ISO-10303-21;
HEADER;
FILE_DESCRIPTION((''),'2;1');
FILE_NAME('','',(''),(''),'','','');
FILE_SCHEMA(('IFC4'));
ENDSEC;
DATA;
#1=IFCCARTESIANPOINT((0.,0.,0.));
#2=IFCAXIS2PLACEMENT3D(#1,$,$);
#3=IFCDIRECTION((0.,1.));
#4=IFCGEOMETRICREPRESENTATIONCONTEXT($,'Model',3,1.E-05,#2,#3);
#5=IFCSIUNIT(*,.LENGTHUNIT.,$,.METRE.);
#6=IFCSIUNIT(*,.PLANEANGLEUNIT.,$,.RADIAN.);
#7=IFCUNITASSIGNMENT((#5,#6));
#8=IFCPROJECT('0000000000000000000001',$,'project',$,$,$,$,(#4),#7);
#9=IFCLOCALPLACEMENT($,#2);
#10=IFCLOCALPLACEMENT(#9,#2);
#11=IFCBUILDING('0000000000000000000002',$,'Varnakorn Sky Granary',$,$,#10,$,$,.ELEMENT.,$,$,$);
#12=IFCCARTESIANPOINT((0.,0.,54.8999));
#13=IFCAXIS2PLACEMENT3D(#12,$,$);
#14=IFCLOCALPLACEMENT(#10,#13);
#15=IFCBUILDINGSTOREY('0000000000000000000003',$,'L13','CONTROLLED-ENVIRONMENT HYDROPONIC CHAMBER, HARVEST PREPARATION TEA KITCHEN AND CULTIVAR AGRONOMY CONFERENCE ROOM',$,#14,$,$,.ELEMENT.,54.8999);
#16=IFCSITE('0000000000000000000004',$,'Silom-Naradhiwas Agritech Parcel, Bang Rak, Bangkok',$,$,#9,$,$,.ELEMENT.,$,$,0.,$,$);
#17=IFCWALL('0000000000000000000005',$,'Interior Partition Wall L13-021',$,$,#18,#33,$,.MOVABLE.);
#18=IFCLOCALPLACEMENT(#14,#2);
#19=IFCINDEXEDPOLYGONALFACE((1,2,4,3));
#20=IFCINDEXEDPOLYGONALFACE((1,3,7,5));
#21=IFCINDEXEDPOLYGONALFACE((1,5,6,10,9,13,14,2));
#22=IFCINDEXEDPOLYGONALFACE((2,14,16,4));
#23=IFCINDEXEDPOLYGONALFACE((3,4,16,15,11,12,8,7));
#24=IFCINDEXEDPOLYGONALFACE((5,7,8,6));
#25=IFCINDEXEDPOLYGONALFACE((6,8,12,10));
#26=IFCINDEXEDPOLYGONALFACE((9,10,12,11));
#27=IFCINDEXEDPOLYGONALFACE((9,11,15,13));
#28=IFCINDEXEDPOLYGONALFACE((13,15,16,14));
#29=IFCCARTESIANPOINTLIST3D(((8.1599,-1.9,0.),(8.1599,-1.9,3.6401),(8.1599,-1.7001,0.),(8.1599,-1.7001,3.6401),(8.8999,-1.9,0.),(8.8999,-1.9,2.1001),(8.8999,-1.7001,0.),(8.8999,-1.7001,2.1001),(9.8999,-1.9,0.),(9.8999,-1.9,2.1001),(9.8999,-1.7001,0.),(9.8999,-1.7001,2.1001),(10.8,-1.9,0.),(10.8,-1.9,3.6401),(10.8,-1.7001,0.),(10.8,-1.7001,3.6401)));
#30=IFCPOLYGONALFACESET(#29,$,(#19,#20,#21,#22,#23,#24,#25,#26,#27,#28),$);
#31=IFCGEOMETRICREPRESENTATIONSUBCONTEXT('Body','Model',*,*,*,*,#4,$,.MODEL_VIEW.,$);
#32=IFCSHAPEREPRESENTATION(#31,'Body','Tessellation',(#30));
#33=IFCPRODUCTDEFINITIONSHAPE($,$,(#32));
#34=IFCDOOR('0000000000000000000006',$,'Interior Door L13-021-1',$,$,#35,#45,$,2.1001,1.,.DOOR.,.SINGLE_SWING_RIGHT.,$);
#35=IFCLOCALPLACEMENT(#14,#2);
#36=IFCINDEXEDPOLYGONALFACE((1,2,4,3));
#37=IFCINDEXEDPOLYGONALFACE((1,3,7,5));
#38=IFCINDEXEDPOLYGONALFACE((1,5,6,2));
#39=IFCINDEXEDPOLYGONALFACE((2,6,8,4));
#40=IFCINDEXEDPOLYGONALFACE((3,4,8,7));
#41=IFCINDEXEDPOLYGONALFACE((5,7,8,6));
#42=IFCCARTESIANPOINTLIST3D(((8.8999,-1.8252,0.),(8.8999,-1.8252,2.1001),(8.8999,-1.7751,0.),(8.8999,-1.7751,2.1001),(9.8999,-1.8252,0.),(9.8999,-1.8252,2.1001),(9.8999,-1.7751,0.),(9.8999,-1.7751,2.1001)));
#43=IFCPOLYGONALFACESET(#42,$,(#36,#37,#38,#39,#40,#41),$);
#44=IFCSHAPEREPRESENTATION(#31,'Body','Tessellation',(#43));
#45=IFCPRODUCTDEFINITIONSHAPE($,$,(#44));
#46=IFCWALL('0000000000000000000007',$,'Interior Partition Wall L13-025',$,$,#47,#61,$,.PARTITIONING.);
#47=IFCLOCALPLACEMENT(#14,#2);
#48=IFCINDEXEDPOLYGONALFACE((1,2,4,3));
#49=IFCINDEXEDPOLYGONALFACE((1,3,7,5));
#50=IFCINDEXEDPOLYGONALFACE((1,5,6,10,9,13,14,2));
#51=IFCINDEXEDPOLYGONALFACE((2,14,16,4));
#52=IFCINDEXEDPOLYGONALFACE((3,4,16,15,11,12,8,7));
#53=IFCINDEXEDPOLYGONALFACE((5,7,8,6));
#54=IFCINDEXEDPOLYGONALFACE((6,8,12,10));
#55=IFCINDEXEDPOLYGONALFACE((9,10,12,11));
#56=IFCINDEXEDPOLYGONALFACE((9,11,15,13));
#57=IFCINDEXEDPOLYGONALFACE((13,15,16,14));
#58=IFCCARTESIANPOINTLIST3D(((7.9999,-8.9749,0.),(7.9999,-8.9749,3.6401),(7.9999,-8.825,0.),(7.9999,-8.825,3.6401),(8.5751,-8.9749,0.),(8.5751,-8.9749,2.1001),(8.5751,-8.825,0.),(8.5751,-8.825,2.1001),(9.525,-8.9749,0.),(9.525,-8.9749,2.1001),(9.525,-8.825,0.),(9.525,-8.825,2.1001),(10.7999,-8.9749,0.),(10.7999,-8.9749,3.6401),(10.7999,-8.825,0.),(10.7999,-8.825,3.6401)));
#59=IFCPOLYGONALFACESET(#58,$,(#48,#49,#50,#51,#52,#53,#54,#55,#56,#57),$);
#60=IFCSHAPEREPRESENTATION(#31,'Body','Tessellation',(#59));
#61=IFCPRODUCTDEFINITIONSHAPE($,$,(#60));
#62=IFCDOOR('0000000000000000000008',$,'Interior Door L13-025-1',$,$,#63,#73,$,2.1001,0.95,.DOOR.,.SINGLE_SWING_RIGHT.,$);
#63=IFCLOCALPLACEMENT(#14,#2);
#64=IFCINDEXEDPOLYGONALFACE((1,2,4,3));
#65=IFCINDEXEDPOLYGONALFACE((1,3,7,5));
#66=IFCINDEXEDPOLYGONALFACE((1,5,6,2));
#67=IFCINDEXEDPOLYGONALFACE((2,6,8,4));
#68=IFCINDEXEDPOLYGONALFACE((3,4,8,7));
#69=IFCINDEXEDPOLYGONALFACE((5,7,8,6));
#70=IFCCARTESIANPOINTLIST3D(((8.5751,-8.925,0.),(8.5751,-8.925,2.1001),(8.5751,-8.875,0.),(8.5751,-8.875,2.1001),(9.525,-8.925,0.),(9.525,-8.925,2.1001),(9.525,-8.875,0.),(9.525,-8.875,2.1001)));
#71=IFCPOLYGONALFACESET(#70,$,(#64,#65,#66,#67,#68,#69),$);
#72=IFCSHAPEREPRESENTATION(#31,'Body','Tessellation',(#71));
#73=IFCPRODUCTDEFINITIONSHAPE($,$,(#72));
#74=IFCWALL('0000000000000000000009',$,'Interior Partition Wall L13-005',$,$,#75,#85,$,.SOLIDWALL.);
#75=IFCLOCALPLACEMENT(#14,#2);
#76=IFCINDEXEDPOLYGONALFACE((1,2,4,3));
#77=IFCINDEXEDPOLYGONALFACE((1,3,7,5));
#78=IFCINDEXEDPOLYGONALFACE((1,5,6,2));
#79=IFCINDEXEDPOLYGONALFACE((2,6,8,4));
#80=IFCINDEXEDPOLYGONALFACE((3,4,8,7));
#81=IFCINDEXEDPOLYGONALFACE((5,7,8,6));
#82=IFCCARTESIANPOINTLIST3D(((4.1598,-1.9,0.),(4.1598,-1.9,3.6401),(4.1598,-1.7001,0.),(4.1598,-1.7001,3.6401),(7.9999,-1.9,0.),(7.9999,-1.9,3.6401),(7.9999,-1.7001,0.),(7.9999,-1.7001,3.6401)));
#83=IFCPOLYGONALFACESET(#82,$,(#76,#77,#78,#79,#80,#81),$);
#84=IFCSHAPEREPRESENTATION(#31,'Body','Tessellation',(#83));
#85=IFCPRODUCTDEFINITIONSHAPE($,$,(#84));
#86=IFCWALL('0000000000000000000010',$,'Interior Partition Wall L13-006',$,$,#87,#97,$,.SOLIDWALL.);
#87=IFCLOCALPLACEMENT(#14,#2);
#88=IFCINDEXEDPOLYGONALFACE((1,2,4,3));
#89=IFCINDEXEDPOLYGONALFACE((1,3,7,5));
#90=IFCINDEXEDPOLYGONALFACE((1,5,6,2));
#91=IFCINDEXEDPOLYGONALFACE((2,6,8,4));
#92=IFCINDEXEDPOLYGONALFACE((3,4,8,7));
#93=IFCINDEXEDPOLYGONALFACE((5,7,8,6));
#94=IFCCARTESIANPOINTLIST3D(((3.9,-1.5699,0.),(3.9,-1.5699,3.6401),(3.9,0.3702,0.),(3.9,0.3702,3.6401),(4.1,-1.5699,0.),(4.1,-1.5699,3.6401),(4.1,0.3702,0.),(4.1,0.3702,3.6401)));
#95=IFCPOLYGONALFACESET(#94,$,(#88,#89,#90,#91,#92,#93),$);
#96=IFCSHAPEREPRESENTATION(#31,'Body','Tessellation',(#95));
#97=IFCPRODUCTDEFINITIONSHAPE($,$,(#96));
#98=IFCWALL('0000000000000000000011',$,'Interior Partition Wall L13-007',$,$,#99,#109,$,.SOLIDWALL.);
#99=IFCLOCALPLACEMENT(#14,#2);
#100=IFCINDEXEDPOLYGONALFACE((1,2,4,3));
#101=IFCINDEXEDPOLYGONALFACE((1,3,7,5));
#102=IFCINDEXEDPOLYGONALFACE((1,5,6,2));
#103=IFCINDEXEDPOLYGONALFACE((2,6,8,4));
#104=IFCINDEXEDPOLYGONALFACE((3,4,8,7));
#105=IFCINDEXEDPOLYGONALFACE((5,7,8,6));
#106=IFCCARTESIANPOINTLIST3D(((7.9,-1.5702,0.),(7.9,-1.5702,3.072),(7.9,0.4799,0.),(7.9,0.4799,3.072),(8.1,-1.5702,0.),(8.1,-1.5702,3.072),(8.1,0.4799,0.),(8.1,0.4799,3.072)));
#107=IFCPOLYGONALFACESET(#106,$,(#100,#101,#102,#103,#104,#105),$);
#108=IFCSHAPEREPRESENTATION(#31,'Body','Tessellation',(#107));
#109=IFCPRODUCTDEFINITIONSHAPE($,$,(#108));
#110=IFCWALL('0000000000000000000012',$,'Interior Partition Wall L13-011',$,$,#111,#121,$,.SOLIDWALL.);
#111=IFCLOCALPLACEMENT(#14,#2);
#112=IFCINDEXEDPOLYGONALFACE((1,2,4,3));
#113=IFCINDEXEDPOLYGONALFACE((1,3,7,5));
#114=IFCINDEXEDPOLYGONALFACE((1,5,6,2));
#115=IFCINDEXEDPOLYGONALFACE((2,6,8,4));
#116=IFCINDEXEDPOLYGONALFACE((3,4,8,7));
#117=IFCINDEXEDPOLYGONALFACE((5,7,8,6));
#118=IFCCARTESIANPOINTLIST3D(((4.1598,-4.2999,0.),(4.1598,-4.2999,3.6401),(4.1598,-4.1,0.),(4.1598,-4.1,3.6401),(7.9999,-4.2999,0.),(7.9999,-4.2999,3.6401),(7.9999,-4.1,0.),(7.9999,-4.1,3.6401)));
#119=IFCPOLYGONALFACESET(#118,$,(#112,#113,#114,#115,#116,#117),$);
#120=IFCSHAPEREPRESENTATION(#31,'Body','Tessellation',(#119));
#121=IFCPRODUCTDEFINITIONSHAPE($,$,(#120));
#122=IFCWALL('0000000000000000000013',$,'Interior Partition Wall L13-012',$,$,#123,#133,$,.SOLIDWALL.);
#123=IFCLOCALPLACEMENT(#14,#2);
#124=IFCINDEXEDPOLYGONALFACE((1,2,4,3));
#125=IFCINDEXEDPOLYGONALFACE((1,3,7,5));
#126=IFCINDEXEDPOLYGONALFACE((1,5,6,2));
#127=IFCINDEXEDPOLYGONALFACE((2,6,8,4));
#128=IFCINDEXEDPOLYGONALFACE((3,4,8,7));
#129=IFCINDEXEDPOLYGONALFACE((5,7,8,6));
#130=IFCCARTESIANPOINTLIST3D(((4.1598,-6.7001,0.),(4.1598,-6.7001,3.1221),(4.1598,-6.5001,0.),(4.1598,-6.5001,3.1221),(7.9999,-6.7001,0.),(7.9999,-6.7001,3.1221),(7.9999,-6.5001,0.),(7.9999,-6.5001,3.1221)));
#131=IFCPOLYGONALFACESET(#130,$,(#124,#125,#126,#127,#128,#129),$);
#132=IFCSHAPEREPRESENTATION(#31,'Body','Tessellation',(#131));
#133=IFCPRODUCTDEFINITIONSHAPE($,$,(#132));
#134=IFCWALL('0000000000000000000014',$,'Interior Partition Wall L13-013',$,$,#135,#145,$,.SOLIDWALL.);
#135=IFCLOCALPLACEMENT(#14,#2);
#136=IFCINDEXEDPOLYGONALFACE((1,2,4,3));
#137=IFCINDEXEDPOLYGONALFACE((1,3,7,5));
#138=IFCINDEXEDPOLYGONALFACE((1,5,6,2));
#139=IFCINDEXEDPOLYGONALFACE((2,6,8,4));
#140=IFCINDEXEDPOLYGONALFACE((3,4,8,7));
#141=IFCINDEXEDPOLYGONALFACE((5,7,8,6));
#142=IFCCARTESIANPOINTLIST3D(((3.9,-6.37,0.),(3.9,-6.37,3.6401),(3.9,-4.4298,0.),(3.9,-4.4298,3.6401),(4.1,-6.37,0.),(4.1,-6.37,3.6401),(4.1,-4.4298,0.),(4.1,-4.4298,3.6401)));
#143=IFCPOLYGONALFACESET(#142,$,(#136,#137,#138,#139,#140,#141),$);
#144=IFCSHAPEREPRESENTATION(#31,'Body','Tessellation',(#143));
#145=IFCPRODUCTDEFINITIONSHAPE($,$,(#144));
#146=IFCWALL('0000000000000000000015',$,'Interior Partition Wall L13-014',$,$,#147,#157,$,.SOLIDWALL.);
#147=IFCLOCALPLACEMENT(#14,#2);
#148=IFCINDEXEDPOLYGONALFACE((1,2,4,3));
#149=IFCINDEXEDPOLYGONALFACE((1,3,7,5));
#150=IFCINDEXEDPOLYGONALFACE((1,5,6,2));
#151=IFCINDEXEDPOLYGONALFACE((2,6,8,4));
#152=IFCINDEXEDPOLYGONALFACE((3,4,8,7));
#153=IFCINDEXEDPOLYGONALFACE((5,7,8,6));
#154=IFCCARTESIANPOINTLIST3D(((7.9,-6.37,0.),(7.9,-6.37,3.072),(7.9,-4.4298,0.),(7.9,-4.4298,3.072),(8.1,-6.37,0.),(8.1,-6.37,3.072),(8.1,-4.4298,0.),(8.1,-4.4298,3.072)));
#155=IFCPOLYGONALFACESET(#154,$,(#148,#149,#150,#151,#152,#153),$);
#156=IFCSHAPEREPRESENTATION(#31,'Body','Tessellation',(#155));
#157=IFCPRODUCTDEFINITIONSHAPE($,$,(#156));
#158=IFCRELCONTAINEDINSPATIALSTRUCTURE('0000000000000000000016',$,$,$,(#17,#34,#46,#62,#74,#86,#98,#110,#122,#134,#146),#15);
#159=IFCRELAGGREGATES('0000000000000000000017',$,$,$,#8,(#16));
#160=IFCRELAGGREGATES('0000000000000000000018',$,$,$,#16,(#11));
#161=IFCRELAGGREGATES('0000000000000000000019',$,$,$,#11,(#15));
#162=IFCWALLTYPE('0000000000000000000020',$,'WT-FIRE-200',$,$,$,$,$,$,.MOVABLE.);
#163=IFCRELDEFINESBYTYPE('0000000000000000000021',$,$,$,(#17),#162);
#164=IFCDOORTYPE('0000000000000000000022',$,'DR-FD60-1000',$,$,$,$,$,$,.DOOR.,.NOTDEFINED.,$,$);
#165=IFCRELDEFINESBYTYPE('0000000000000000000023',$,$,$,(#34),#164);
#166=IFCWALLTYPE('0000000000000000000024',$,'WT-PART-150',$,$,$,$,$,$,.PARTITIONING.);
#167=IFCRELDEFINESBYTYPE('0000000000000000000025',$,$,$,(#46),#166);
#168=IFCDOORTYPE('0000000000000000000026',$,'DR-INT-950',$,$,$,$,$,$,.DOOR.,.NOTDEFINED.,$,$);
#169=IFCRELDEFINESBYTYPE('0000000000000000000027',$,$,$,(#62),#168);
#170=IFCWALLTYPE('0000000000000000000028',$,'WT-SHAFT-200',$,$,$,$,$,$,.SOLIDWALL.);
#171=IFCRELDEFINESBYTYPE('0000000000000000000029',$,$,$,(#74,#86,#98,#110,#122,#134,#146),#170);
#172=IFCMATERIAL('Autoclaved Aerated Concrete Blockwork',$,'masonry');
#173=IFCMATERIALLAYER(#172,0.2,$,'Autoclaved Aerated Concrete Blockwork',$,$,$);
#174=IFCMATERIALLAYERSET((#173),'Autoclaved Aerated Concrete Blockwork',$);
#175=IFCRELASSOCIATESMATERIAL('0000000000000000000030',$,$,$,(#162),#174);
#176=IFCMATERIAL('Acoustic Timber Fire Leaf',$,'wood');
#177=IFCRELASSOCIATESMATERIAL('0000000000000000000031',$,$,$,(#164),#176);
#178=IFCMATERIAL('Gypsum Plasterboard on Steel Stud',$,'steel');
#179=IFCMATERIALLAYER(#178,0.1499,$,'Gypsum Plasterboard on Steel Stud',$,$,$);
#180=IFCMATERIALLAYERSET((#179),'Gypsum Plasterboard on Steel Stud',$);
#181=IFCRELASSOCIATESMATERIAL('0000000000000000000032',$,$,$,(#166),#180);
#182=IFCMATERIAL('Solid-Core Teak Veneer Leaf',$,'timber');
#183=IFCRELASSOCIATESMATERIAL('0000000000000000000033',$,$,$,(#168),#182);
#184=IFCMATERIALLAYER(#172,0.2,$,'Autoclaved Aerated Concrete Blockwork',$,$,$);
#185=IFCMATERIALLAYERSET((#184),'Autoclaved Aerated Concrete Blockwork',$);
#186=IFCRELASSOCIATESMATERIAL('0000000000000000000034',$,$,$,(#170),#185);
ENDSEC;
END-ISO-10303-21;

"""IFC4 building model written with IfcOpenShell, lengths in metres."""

from ifc_helpers import new_model, si_unit, direction, frame, frame_2d, origin, place, context, subcontext, project, spatial, rectangle, extrude, material, layer, layer_set, type_object, element, fill, save


model = new_model("IFC4")

# Units and contexts
model_context = context("Model", 3, precision=1e-05, world=origin(), true_north=direction((0.0, 1.0)))
body_context = subcontext(model_context, "Body", "Model", "MODEL_VIEW")
ifc_project = project(units=[si_unit("LENGTHUNIT", "METRE"), si_unit("PLANEANGLEUNIT", "RADIAN")], contexts=[model_context])

# Site, building, storey
site_placement = place(None, origin())
site = spatial("IfcSite", under=ifc_project, at=site_placement, Name="Silom-Naradhiwas Agritech Parcel, Bang Rak, Bangkok", CompositionType="ELEMENT", RefElevation=0.0)
building_placement = place(site_placement, origin())
building = spatial("IfcBuilding", under=site, at=building_placement, Name="Varnakorn Sky Granary", CompositionType="ELEMENT")
storey_placement = place(building_placement, frame((0.0, 0.0, 54.8999)))
storey = spatial("IfcBuildingStorey", under=building, at=storey_placement, Name="L13", Description="CONTROLLED-ENVIRONMENT HYDROPONIC CHAMBER, HARVEST PREPARATION TEA KITCHEN AND CULTIVAR AGRONOMY CONFERENCE ROOM", CompositionType="ELEMENT", Elevation=54.8999)

# Walls, openings, doors
ifc_material_1 = material(Name="Autoclaved Aerated Concrete Blockwork", Category="masonry")
ifc_layer_1 = layer(ifc_material_1, 0.2, Name="Autoclaved Aerated Concrete Blockwork")
ifc_layer_set_1 = layer_set([ifc_layer_1], Name="Autoclaved Aerated Concrete Blockwork")
wall_type_1 = type_object("IfcWallType", Name="WT-FIRE-200", PredefinedType="MOVABLE", material=ifc_layer_set_1)
ifc_material_2 = material(Name="Acoustic Timber Fire Leaf", Category="wood")
door_type_1 = type_object("IfcDoorType", Name="DR-FD60-1000", OperationType="NOTDEFINED", PredefinedType="DOOR", material=ifc_material_2)
wall_1_placement = place(storey_placement, frame((8.1599, -1.8, 0.0), z_axis=(0.0, 0.0, 1.0), x_axis=(1.0, 0.0, 0.0)))
wall_1 = element("IfcWall", 1, at=wall_1_placement, inside=storey, type_object=wall_type_1, Name="Interior Partition Wall L13-021", PredefinedType="MOVABLE", context=body_context, shape_type="SweptSolid", body=[
    extrude(rectangle(XDim=2.6401, YDim=0.2, at=frame_2d((1.3201, 0.0))), origin(), (0.0, 0.0, 1.0), 3.6401),
])
opening_1_placement = place(wall_1_placement, frame((0.74, 0.0, 0.0)))
opening_1 = element("IfcOpeningElement", 2, at=opening_1_placement, cuts=wall_1, PredefinedType="OPENING", context=body_context, shape_type="SweptSolid", body=[
    extrude(rectangle(XDim=1.0, YDim=2.1001, at=frame_2d((0.5, 1.05))), frame((0.0, 0.1099, 0.0), z_axis=(0.0, -1.0, 0.0), x_axis=(1.0, 0.0, 0.0)), (0.0, 0.0, 1.0), 0.22),
])
door_1_placement = place(opening_1_placement, origin())
door_1 = element("IfcDoor", 3, at=door_1_placement, inside=storey, type_object=door_type_1, Name="Interior Door L13-021-1", OperationType="SINGLE_SWING_RIGHT", OverallHeight=2.1001, OverallWidth=1.0, PredefinedType="DOOR", context=body_context, shape_type="SweptSolid", body=[
    extrude(rectangle(XDim=1.0, YDim=2.1001, at=frame_2d((0.5, 1.05))), frame((0.0, 0.0249, 0.0), z_axis=(0.0, -1.0, 0.0), x_axis=(1.0, 0.0, 0.0)), (0.0, 0.0, 1.0), 0.05),
])
fill(opening_1, door_1)
ifc_material_3 = material(Name="Gypsum Plasterboard on Steel Stud", Category="steel")
ifc_layer_2 = layer(ifc_material_3, 0.1499, Name="Gypsum Plasterboard on Steel Stud")
ifc_layer_set_2 = layer_set([ifc_layer_2], Name="Gypsum Plasterboard on Steel Stud")
wall_type_2 = type_object("IfcWallType", Name="WT-PART-150", PredefinedType="PARTITIONING", material=ifc_layer_set_2)
wall_2_placement = place(storey_placement, frame((8.0, -8.8999, 0.0), z_axis=(0.0, 0.0, 1.0), x_axis=(1.0, 0.0, 0.0)))
wall_2 = element("IfcWall", 4, at=wall_2_placement, inside=storey, type_object=wall_type_2, Name="Interior Partition Wall L13-025", PredefinedType="PARTITIONING", context=body_context, shape_type="SweptSolid", body=[
    extrude(rectangle(XDim=2.8, YDim=0.1499, at=frame_2d((1.3999, 0.0))), origin(), (0.0, 0.0, 1.0), 3.6401),
])
opening_2_placement = place(wall_2_placement, frame((0.575, 0.0, 0.0)))
opening_2 = element("IfcOpeningElement", 5, at=opening_2_placement, cuts=wall_2, PredefinedType="OPENING", context=body_context, shape_type="SweptSolid", body=[
    extrude(rectangle(XDim=0.95, YDim=2.1001, at=frame_2d((0.4751, 1.05))), frame((0.0, 0.085, 0.0), z_axis=(0.0, -1.0, 0.0), x_axis=(1.0, 0.0, 0.0)), (0.0, 0.0, 1.0), 0.1699),
])
ifc_material_4 = material(Name="Solid-Core Teak Veneer Leaf", Category="timber")
door_type_2 = type_object("IfcDoorType", Name="DR-INT-950", OperationType="NOTDEFINED", PredefinedType="DOOR", material=ifc_material_4)
door_2_placement = place(opening_2_placement, origin())
door_2 = element("IfcDoor", 6, at=door_2_placement, inside=storey, type_object=door_type_2, Name="Interior Door L13-025-1", OperationType="SINGLE_SWING_RIGHT", OverallHeight=2.1001, OverallWidth=0.95, PredefinedType="DOOR", context=body_context, shape_type="SweptSolid", body=[
    extrude(rectangle(XDim=0.95, YDim=2.1001, at=frame_2d((0.4751, 1.05))), frame((0.0, 0.0249, 0.0), z_axis=(0.0, -1.0, 0.0), x_axis=(1.0, 0.0, 0.0)), (0.0, 0.0, 1.0), 0.05),
])
fill(opening_2, door_2)

# Walls
ifc_layer_3 = layer(ifc_material_1, 0.2, Name="Autoclaved Aerated Concrete Blockwork")
ifc_layer_set_3 = layer_set([ifc_layer_3], Name="Autoclaved Aerated Concrete Blockwork")
wall_type_3 = type_object("IfcWallType", Name="WT-SHAFT-200", PredefinedType="SOLIDWALL", material=ifc_layer_set_3)
wall_3_placement = place(storey_placement, frame((4.1599, -1.8, 0.0), z_axis=(0.0, 0.0, 1.0), x_axis=(1.0, 0.0, 0.0)))
element("IfcWall", 7, at=wall_3_placement, inside=storey, type_object=wall_type_3, Name="Interior Partition Wall L13-005", PredefinedType="SOLIDWALL", context=body_context, shape_type="SweptSolid", body=[
    extrude(rectangle(XDim=3.8401, YDim=0.2, at=frame_2d((1.9199, 0.0))), origin(), (0.0, 0.0, 1.0), 3.6401),
])
wall_4_placement = place(storey_placement, frame((4.0, -1.5701, 0.0), z_axis=(0.0, 0.0, 1.0), x_axis=(0.0, 1.0, 0.0)))
element("IfcWall", 8, at=wall_4_placement, inside=storey, type_object=wall_type_3, Name="Interior Partition Wall L13-006", PredefinedType="SOLIDWALL", context=body_context, shape_type="SweptSolid", body=[
    extrude(rectangle(XDim=1.9402, YDim=0.2, at=frame_2d((0.9702, 0.0))), origin(), (0.0, 0.0, 1.0), 3.6401),
])
wall_5_placement = place(storey_placement, frame((8.0, -1.5701, 0.0), z_axis=(0.0, 0.0, 1.0), x_axis=(0.0, 1.0, 0.0)))
element("IfcWall", 9, at=wall_5_placement, inside=storey, type_object=wall_type_3, Name="Interior Partition Wall L13-007", PredefinedType="SOLIDWALL", context=body_context, shape_type="SweptSolid", body=[
    extrude(rectangle(XDim=2.05, YDim=0.2, at=frame_2d((1.0249, 0.0))), origin(), (0.0, 0.0, 1.0), 3.072),
])
wall_6_placement = place(storey_placement, frame((4.1599, -4.2, 0.0), z_axis=(0.0, 0.0, 1.0), x_axis=(1.0, 0.0, 0.0)))
element("IfcWall", 10, at=wall_6_placement, inside=storey, type_object=wall_type_3, Name="Interior Partition Wall L13-011", PredefinedType="SOLIDWALL", context=body_context, shape_type="SweptSolid", body=[
    extrude(rectangle(XDim=3.8401, YDim=0.2, at=frame_2d((1.9199, 0.0))), origin(), (0.0, 0.0, 1.0), 3.6401),
])
wall_7_placement = place(storey_placement, frame((4.1599, -6.6001, 0.0), z_axis=(0.0, 0.0, 1.0), x_axis=(1.0, 0.0, 0.0)))
element("IfcWall", 11, at=wall_7_placement, inside=storey, type_object=wall_type_3, Name="Interior Partition Wall L13-012", PredefinedType="SOLIDWALL", context=body_context, shape_type="SweptSolid", body=[
    extrude(rectangle(XDim=3.8401, YDim=0.2, at=frame_2d((1.9199, 0.0))), origin(), (0.0, 0.0, 1.0), 3.1221),
])
wall_8_placement = place(storey_placement, frame((4.0, -6.3701, 0.0), z_axis=(0.0, 0.0, 1.0), x_axis=(0.0, 1.0, 0.0)))
element("IfcWall", 12, at=wall_8_placement, inside=storey, type_object=wall_type_3, Name="Interior Partition Wall L13-013", PredefinedType="SOLIDWALL", context=body_context, shape_type="SweptSolid", body=[
    extrude(rectangle(XDim=1.9402, YDim=0.2, at=frame_2d((0.9702, 0.0))), origin(), (0.0, 0.0, 1.0), 3.6401),
])
wall_9_placement = place(storey_placement, frame((8.0, -6.3701, 0.0), z_axis=(0.0, 0.0, 1.0), x_axis=(0.0, 1.0, 0.0)))
element("IfcWall", 13, at=wall_9_placement, inside=storey, type_object=wall_type_3, Name="Interior Partition Wall L13-014", PredefinedType="SOLIDWALL", context=body_context, shape_type="SweptSolid", body=[
    extrude(rectangle(XDim=1.9402, YDim=0.2, at=frame_2d((0.9702, 0.0))), origin(), (0.0, 0.0, 1.0), 3.072),
])

save(model, "model.ifc")
